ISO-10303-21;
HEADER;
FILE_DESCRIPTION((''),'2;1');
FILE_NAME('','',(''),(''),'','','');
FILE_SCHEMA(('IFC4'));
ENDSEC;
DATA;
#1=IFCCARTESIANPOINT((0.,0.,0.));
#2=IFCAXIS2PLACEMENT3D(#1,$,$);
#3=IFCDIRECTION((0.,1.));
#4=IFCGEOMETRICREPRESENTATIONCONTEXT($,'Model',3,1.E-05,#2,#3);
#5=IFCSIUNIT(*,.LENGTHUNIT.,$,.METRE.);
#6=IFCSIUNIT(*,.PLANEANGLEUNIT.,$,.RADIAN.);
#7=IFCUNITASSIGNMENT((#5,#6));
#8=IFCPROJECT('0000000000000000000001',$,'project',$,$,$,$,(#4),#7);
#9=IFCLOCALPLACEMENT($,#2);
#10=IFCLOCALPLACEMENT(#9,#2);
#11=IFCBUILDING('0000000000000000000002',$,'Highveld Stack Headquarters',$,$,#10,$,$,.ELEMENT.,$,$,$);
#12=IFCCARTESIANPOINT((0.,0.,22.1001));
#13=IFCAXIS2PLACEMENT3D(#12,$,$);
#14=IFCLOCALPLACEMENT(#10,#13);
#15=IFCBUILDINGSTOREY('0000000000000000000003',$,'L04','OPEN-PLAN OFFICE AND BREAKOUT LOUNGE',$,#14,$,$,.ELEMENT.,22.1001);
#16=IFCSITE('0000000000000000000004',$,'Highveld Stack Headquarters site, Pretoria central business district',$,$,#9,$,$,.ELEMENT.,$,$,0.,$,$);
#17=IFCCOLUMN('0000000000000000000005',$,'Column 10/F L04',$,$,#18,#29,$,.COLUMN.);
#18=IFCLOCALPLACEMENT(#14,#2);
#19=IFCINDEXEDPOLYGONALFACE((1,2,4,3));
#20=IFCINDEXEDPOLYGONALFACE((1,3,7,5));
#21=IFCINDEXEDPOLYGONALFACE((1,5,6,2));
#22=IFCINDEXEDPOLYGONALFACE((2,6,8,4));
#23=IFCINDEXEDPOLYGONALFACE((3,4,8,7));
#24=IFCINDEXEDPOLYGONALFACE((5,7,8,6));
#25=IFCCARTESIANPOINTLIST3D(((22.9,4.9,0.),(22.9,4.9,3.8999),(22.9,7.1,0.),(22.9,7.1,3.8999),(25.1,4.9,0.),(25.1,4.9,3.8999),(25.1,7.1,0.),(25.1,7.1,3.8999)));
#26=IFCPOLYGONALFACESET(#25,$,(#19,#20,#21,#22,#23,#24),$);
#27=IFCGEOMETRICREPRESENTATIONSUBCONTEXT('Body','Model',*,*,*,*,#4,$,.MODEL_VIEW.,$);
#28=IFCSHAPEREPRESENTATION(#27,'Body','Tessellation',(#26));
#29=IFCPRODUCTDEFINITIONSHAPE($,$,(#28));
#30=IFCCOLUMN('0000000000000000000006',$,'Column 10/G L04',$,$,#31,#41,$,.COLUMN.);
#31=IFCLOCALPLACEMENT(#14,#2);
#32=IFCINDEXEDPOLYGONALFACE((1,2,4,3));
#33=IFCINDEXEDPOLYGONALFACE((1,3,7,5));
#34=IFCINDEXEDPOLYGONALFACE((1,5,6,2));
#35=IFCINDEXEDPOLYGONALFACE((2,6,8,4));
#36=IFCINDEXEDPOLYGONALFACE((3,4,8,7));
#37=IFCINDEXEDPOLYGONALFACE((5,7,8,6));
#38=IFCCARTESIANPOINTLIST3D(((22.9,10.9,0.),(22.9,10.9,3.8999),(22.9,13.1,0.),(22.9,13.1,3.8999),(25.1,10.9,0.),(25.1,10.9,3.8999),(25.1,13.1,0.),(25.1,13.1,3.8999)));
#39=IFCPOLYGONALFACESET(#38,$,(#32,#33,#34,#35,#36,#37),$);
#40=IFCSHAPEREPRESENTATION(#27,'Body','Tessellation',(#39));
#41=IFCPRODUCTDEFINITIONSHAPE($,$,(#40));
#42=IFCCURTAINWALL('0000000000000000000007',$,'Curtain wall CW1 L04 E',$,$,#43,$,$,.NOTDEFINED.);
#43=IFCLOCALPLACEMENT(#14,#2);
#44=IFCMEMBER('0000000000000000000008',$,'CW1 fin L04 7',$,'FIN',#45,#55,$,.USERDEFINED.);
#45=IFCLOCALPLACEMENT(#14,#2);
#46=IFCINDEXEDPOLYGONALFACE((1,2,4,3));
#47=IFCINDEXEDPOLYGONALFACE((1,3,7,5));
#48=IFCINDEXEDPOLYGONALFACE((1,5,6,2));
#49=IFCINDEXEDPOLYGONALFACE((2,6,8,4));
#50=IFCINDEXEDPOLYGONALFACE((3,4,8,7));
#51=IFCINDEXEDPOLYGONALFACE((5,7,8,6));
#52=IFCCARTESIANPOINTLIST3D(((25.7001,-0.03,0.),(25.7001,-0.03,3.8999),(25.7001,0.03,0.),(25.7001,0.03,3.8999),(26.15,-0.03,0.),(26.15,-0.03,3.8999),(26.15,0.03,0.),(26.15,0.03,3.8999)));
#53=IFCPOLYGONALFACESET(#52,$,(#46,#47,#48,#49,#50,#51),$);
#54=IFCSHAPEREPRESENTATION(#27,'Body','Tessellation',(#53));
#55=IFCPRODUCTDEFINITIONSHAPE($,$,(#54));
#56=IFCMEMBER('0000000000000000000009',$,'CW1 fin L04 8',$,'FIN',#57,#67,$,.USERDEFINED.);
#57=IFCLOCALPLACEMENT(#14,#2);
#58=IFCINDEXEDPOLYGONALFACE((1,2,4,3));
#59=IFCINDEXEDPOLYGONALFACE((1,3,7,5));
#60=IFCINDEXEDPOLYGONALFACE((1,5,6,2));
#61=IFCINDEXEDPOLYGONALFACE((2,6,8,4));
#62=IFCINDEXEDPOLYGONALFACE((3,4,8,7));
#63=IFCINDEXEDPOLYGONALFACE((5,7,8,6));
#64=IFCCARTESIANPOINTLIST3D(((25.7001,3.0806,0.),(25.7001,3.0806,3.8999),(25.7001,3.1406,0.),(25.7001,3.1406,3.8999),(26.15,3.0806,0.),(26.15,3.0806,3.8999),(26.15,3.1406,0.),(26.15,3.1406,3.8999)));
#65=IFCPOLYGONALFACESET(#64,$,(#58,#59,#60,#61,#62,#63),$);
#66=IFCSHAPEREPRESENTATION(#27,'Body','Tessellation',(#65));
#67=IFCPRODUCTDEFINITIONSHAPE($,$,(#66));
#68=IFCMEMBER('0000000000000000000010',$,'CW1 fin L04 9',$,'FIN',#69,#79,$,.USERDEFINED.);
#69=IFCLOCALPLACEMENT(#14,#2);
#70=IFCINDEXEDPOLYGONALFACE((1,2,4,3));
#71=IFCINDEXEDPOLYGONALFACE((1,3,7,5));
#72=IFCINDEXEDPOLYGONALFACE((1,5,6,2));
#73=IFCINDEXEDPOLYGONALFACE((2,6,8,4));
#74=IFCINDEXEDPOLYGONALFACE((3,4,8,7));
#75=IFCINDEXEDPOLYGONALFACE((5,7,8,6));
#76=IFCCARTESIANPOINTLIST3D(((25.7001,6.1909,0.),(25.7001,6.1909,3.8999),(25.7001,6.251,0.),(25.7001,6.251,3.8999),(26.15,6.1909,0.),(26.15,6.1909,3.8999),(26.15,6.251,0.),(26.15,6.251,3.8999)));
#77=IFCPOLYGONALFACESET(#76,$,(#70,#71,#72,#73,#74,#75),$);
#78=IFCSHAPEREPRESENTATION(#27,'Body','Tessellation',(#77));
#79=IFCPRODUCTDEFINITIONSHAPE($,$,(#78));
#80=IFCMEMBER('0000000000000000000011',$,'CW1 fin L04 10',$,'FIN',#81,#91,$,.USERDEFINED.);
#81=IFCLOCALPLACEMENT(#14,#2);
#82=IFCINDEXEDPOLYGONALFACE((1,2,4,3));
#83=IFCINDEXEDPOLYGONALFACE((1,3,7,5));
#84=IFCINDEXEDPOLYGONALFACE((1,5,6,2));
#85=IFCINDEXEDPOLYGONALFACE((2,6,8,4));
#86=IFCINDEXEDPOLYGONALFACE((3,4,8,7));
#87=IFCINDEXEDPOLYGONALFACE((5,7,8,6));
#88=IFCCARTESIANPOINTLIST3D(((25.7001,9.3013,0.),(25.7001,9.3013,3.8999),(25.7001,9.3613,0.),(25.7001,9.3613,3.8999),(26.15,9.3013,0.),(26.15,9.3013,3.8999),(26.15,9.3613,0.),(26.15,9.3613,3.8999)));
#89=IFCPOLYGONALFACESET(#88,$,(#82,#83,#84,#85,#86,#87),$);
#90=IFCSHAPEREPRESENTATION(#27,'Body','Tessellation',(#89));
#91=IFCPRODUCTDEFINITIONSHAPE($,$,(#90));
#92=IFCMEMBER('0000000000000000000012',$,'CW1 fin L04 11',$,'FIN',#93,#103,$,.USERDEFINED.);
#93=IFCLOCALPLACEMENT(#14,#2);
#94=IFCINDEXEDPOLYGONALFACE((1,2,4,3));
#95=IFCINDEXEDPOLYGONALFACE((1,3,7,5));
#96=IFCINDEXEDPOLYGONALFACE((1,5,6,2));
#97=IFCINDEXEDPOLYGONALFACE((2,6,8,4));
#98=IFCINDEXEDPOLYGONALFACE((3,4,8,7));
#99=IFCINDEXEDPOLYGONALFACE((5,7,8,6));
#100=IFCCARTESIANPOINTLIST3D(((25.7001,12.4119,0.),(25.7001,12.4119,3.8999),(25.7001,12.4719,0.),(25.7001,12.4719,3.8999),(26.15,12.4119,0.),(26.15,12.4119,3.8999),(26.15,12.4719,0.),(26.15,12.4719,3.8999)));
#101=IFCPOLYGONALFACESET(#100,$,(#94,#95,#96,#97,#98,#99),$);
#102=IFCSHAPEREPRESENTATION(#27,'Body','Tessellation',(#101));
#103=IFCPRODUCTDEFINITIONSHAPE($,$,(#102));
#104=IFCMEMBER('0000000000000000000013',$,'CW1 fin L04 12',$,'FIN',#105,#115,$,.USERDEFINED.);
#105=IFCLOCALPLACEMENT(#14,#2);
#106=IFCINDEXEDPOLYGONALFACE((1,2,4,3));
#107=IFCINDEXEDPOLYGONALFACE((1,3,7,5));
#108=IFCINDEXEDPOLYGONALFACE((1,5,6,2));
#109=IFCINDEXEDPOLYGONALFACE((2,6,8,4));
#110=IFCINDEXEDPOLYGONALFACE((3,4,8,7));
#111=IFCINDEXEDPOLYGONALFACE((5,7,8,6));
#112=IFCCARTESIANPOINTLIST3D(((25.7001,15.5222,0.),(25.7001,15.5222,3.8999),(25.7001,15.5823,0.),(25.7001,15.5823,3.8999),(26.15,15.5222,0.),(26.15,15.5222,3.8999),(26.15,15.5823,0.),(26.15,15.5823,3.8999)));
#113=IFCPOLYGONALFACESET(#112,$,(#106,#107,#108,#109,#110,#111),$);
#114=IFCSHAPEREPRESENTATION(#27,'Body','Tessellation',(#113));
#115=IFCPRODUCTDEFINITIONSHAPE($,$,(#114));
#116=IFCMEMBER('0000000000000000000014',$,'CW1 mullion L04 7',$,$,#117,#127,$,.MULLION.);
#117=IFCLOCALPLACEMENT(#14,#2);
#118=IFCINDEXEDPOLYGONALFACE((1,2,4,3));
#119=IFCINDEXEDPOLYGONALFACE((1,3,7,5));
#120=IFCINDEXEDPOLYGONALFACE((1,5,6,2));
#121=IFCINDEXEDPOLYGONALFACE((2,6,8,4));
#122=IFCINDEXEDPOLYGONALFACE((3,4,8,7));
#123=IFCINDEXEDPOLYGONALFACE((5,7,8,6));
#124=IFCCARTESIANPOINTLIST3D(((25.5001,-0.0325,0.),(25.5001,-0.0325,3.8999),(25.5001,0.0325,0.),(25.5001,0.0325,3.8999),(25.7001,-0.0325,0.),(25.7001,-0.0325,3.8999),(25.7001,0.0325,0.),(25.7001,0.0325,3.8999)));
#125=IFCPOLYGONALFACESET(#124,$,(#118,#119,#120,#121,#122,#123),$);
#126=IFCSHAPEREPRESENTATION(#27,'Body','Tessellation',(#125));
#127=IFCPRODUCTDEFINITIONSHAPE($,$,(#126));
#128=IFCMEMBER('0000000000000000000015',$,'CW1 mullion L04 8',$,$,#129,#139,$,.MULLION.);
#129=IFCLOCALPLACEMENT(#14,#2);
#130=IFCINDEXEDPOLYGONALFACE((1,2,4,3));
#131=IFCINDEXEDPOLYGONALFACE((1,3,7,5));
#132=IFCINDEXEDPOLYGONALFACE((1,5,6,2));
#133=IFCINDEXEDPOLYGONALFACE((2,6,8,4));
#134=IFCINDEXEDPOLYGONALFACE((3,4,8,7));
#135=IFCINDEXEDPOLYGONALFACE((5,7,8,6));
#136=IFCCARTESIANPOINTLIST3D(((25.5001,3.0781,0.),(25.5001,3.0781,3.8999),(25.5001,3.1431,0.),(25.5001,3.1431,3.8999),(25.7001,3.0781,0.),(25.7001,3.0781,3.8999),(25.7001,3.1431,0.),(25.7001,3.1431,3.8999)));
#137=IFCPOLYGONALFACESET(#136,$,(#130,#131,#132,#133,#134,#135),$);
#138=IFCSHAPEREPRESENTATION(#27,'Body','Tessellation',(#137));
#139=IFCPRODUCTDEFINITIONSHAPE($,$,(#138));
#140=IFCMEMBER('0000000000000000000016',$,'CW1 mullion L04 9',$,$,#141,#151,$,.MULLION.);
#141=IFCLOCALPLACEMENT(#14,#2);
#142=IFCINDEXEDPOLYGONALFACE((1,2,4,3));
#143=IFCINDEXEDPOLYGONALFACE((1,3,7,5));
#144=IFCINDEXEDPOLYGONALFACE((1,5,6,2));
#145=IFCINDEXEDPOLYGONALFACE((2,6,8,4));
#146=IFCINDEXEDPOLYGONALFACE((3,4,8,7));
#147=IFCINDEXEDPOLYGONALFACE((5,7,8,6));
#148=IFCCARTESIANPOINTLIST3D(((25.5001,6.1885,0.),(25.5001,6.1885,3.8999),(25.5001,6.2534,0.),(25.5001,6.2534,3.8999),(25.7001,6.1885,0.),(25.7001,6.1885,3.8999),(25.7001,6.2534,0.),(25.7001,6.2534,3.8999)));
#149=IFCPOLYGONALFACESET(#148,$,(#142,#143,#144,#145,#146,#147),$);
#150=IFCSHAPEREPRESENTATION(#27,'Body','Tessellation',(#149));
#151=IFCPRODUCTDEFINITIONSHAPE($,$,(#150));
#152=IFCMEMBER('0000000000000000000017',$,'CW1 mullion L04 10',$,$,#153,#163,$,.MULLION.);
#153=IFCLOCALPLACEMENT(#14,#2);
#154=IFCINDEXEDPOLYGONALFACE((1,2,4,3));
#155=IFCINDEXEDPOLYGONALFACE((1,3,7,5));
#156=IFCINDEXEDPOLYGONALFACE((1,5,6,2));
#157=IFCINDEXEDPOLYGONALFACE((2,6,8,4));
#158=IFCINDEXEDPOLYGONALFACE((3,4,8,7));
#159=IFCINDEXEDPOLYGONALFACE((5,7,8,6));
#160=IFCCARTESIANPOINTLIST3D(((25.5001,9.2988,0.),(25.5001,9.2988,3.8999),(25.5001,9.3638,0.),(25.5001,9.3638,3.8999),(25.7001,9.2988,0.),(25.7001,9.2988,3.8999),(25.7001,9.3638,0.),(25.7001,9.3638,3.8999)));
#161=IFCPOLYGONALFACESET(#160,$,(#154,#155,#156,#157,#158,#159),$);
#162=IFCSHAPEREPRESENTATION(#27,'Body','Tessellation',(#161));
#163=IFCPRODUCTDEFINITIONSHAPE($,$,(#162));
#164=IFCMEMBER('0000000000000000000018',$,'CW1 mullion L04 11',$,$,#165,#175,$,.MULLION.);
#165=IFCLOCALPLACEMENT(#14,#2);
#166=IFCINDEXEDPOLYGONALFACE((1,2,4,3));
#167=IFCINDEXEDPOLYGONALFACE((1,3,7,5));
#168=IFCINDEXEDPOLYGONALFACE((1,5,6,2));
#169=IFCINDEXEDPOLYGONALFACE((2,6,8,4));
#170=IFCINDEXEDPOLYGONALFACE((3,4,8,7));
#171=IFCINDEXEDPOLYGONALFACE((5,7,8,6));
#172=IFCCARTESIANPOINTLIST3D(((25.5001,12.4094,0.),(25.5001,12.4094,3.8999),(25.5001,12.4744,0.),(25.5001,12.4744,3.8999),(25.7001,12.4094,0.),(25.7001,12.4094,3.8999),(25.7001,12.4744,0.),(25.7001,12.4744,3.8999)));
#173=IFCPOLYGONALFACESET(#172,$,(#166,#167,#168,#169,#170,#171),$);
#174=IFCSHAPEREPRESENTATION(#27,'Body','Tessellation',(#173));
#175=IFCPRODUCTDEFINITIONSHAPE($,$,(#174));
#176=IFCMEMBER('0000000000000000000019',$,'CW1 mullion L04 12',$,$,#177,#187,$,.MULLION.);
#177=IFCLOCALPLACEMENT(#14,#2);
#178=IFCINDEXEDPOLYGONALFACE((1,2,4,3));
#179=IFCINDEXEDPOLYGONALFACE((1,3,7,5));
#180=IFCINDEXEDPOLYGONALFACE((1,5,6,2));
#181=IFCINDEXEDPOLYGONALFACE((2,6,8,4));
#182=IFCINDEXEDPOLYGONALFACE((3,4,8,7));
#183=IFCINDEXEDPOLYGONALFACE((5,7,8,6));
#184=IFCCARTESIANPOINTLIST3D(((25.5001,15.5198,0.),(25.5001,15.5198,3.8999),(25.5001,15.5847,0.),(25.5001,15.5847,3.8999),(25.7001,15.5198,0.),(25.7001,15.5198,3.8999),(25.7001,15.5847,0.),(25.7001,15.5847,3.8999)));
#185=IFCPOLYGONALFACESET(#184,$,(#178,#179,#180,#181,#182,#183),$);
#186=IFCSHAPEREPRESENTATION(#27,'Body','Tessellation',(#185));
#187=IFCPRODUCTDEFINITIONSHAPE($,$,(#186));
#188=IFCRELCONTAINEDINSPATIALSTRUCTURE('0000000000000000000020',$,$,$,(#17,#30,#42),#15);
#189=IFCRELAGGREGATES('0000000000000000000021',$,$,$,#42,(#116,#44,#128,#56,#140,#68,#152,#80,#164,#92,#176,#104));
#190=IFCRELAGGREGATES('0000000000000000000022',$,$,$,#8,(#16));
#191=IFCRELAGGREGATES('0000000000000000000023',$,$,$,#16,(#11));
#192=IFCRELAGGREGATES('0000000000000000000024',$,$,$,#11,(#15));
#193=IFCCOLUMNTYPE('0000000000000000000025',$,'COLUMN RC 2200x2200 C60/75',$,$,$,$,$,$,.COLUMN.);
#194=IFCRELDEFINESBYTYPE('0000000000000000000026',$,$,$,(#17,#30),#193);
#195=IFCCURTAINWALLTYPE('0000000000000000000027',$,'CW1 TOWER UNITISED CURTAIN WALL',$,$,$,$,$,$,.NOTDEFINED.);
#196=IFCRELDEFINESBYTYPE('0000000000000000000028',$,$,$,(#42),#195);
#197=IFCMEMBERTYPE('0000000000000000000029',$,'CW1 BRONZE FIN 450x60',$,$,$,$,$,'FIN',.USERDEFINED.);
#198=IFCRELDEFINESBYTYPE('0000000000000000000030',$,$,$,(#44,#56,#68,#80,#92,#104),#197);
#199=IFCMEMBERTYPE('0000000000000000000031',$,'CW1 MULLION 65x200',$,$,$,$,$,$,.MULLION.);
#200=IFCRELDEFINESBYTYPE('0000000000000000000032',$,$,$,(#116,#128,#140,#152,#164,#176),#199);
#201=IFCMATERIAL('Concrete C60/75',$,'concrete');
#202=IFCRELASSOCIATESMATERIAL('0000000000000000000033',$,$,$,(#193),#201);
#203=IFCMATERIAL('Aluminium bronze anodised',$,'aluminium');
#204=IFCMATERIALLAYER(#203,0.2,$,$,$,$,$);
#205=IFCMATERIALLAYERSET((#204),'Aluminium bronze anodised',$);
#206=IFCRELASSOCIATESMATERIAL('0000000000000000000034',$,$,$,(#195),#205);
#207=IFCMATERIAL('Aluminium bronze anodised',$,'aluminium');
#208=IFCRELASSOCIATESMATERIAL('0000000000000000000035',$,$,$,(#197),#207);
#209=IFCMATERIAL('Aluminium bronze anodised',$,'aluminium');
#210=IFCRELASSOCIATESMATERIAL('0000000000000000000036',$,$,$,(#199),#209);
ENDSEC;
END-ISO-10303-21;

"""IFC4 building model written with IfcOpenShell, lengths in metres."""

from ifc_helpers import new_model, si_unit, direction, frame, origin, origin_2d, place, context, subcontext, project, spatial, rectangle, extrude, material, layer, layer_set, material_profile, profile_set, type_object, element, aggregate, save


model = new_model("IFC4")

# Units and contexts
model_context = context("Model", 3, precision=1e-05, world=origin(), true_north=direction((0.0, 1.0)))
body_context = subcontext(model_context, "Body", "Model", "MODEL_VIEW")
ifc_project = project(units=[si_unit("LENGTHUNIT", "METRE"), si_unit("PLANEANGLEUNIT", "RADIAN")], contexts=[model_context])

# Site, building, storey
site_placement = place(None, origin())
site = spatial("IfcSite", under=ifc_project, at=site_placement, Name="Highveld Stack Headquarters site, Pretoria central business district", CompositionType="ELEMENT", RefElevation=0.0)
building_placement = place(site_placement, origin())
building = spatial("IfcBuilding", under=site, at=building_placement, Name="Highveld Stack Headquarters", CompositionType="ELEMENT")
storey_placement = place(building_placement, frame((0.0, 0.0, 22.1001)))
storey = spatial("IfcBuildingStorey", under=building, at=storey_placement, Name="L04", Description="OPEN-PLAN OFFICE AND BREAKOUT LOUNGE", CompositionType="ELEMENT", Elevation=22.1001)

# Columns
ifc_material_1 = material(Name="Concrete C60/75", Category="concrete")
ifc_material_profile_1 = material_profile(ifc_material_1, rectangle(XDim=2.2, YDim=2.2, at=origin_2d()), Name="RC 2200x2200")
ifc_profile_set_1 = profile_set([ifc_material_profile_1], Name="Concrete C60/75")
column_type = type_object("IfcColumnType", Name="COLUMN RC 2200x2200 C60/75", PredefinedType="COLUMN", material=ifc_profile_set_1)
for number, where, z_axis, x_axis, name in (
    (1, (24.0, 6.0, 0.0), (0.0, 0.0, 1.0), (1.0, 0.0, 0.0), "Column 10/F L04"),
    (2, (24.0, 12.0, 0.0), (0.0, 0.0, 1.0), (1.0, 0.0, 0.0), "Column 10/G L04"),
):
    element("IfcColumn", number, at=place(storey_placement, frame(where, z_axis=z_axis, x_axis=x_axis)), inside=storey, type_object=column_type, Name=name, PredefinedType="COLUMN", context=body_context, shape_type="SweptSolid", body=[
        extrude(rectangle(XDim=2.2, YDim=2.2, at=origin_2d()), origin(), (0.0, 0.0, 1.0), 3.8999),
    ])

# Curtain wall, members
ifc_material_2 = material(Name="Aluminium bronze anodised", Category="aluminium")
ifc_layer_1 = layer(ifc_material_2, 0.2)
ifc_layer_set_1 = layer_set([ifc_layer_1], Name="Aluminium bronze anodised")
curtain_wall_type = type_object("IfcCurtainWallType", Name="CW1 TOWER UNITISED CURTAIN WALL", PredefinedType="NOTDEFINED", material=ifc_layer_set_1)
curtain_wall_placement = place(storey_placement, origin())
curtain_wall = element("IfcCurtainWall", 3, at=curtain_wall_placement, inside=storey, type_object=curtain_wall_type, Name="Curtain wall CW1 L04 E", PredefinedType="NOTDEFINED")
ifc_material_3 = material(Name="Aluminium bronze anodised", Category="aluminium")
ifc_material_profile_2 = material_profile(ifc_material_3, rectangle(XDim=0.45, YDim=0.0601, at=origin_2d()), Name="FIN 450x60")
ifc_profile_set_2 = profile_set([ifc_material_profile_2], Name="Aluminium bronze anodised")
member_type_1 = type_object("IfcMemberType", Name="CW1 BRONZE FIN 450x60", ElementType="FIN", PredefinedType="USERDEFINED", material=ifc_profile_set_2)
member_1_placement = place(storey_placement, frame((25.925, 0.0, 0.0), z_axis=(0.0, 0.0, 1.0), x_axis=(-1.0, 0.0, 0.0)))
member_1 = element("IfcMember", 4, at=member_1_placement, type_object=member_type_1, Name="CW1 fin L04 7", ObjectType="FIN", PredefinedType="USERDEFINED", context=body_context, shape_type="SweptSolid", body=[
    extrude(rectangle(XDim=0.45, YDim=0.0601, at=origin_2d()), origin(), (0.0, 0.0, 1.0), 3.8999),
])
member_2_placement = place(storey_placement, frame((25.925, 3.1106, 0.0), z_axis=(0.0, 0.0, 1.0), x_axis=(-1.0, 0.0, 0.0)))
member_2 = element("IfcMember", 5, at=member_2_placement, type_object=member_type_1, Name="CW1 fin L04 8", ObjectType="FIN", PredefinedType="USERDEFINED", context=body_context, shape_type="SweptSolid", body=[
    extrude(rectangle(XDim=0.45, YDim=0.0601, at=origin_2d()), origin(), (0.0, 0.0, 1.0), 3.8999),
])
member_3_placement = place(storey_placement, frame((25.925, 6.2209, 0.0), z_axis=(0.0, 0.0, 1.0), x_axis=(-1.0, 0.0, 0.0)))
member_3 = element("IfcMember", 6, at=member_3_placement, type_object=member_type_1, Name="CW1 fin L04 9", ObjectType="FIN", PredefinedType="USERDEFINED", context=body_context, shape_type="SweptSolid", body=[
    extrude(rectangle(XDim=0.45, YDim=0.0601, at=origin_2d()), origin(), (0.0, 0.0, 1.0), 3.8999),
])
member_4_placement = place(storey_placement, frame((25.925, 9.3313, 0.0), z_axis=(0.0, 0.0, 1.0), x_axis=(-1.0, 0.0, 0.0)))
member_4 = element("IfcMember", 7, at=member_4_placement, type_object=member_type_1, Name="CW1 fin L04 10", ObjectType="FIN", PredefinedType="USERDEFINED", context=body_context, shape_type="SweptSolid", body=[
    extrude(rectangle(XDim=0.45, YDim=0.0601, at=origin_2d()), origin(), (0.0, 0.0, 1.0), 3.8999),
])
member_5_placement = place(storey_placement, frame((25.925, 12.4419, 0.0), z_axis=(0.0, 0.0, 1.0), x_axis=(-1.0, 0.0, 0.0)))
member_5 = element("IfcMember", 8, at=member_5_placement, type_object=member_type_1, Name="CW1 fin L04 11", ObjectType="FIN", PredefinedType="USERDEFINED", context=body_context, shape_type="SweptSolid", body=[
    extrude(rectangle(XDim=0.45, YDim=0.0601, at=origin_2d()), origin(), (0.0, 0.0, 1.0), 3.8999),
])
member_6_placement = place(storey_placement, frame((25.925, 15.5522, 0.0), z_axis=(0.0, 0.0, 1.0), x_axis=(-1.0, 0.0, 0.0)))
member_6 = element("IfcMember", 9, at=member_6_placement, type_object=member_type_1, Name="CW1 fin L04 12", ObjectType="FIN", PredefinedType="USERDEFINED", context=body_context, shape_type="SweptSolid", body=[
    extrude(rectangle(XDim=0.45, YDim=0.0601, at=origin_2d()), origin(), (0.0, 0.0, 1.0), 3.8999),
])
ifc_material_4 = material(Name="Aluminium bronze anodised", Category="aluminium")
ifc_material_profile_3 = material_profile(ifc_material_4, rectangle(XDim=0.2, YDim=0.0649, at=origin_2d()), Name="CW1 MULLION 65x200")
ifc_profile_set_3 = profile_set([ifc_material_profile_3], Name="Aluminium bronze anodised")
member_type_2 = type_object("IfcMemberType", Name="CW1 MULLION 65x200", PredefinedType="MULLION", material=ifc_profile_set_3)
member_7_placement = place(storey_placement, frame((25.6001, 0.0, 0.0), z_axis=(0.0, 0.0, 1.0), x_axis=(-1.0, 0.0, 0.0)))
member_7 = element("IfcMember", 10, at=member_7_placement, type_object=member_type_2, Name="CW1 mullion L04 7", PredefinedType="MULLION", context=body_context, shape_type="SweptSolid", body=[
    extrude(rectangle(XDim=0.2, YDim=0.0649, at=origin_2d()), origin(), (0.0, 0.0, 1.0), 3.8999),
])
member_8_placement = place(storey_placement, frame((25.6001, 3.1106, 0.0), z_axis=(0.0, 0.0, 1.0), x_axis=(-1.0, 0.0, 0.0)))
member_8 = element("IfcMember", 11, at=member_8_placement, type_object=member_type_2, Name="CW1 mullion L04 8", PredefinedType="MULLION", context=body_context, shape_type="SweptSolid", body=[
    extrude(rectangle(XDim=0.2, YDim=0.0649, at=origin_2d()), origin(), (0.0, 0.0, 1.0), 3.8999),
])
member_9_placement = place(storey_placement, frame((25.6001, 6.2209, 0.0), z_axis=(0.0, 0.0, 1.0), x_axis=(-1.0, 0.0, 0.0)))
member_9 = element("IfcMember", 12, at=member_9_placement, type_object=member_type_2, Name="CW1 mullion L04 9", PredefinedType="MULLION", context=body_context, shape_type="SweptSolid", body=[
    extrude(rectangle(XDim=0.2, YDim=0.0649, at=origin_2d()), origin(), (0.0, 0.0, 1.0), 3.8999),
])
member_10_placement = place(storey_placement, frame((25.6001, 9.3313, 0.0), z_axis=(0.0, 0.0, 1.0), x_axis=(-1.0, 0.0, 0.0)))
member_10 = element("IfcMember", 13, at=member_10_placement, type_object=member_type_2, Name="CW1 mullion L04 10", PredefinedType="MULLION", context=body_context, shape_type="SweptSolid", body=[
    extrude(rectangle(XDim=0.2, YDim=0.0649, at=origin_2d()), origin(), (0.0, 0.0, 1.0), 3.8999),
])
member_11_placement = place(storey_placement, frame((25.6001, 12.4419, 0.0), z_axis=(0.0, 0.0, 1.0), x_axis=(-1.0, 0.0, 0.0)))
member_11 = element("IfcMember", 14, at=member_11_placement, type_object=member_type_2, Name="CW1 mullion L04 11", PredefinedType="MULLION", context=body_context, shape_type="SweptSolid", body=[
    extrude(rectangle(XDim=0.2, YDim=0.0649, at=origin_2d()), origin(), (0.0, 0.0, 1.0), 3.8999),
])
member_12_placement = place(storey_placement, frame((25.6001, 15.5522, 0.0), z_axis=(0.0, 0.0, 1.0), x_axis=(-1.0, 0.0, 0.0)))
member_12 = element("IfcMember", 15, at=member_12_placement, type_object=member_type_2, Name="CW1 mullion L04 12", PredefinedType="MULLION", context=body_context, shape_type="SweptSolid", body=[
    extrude(rectangle(XDim=0.2, YDim=0.0649, at=origin_2d()), origin(), (0.0, 0.0, 1.0), 3.8999),
])
aggregate(curtain_wall, [member_7, member_1, member_8, member_2, member_9, member_3, member_10, member_4, member_11, member_5, member_12, member_6])

save(model, "model.ifc")
